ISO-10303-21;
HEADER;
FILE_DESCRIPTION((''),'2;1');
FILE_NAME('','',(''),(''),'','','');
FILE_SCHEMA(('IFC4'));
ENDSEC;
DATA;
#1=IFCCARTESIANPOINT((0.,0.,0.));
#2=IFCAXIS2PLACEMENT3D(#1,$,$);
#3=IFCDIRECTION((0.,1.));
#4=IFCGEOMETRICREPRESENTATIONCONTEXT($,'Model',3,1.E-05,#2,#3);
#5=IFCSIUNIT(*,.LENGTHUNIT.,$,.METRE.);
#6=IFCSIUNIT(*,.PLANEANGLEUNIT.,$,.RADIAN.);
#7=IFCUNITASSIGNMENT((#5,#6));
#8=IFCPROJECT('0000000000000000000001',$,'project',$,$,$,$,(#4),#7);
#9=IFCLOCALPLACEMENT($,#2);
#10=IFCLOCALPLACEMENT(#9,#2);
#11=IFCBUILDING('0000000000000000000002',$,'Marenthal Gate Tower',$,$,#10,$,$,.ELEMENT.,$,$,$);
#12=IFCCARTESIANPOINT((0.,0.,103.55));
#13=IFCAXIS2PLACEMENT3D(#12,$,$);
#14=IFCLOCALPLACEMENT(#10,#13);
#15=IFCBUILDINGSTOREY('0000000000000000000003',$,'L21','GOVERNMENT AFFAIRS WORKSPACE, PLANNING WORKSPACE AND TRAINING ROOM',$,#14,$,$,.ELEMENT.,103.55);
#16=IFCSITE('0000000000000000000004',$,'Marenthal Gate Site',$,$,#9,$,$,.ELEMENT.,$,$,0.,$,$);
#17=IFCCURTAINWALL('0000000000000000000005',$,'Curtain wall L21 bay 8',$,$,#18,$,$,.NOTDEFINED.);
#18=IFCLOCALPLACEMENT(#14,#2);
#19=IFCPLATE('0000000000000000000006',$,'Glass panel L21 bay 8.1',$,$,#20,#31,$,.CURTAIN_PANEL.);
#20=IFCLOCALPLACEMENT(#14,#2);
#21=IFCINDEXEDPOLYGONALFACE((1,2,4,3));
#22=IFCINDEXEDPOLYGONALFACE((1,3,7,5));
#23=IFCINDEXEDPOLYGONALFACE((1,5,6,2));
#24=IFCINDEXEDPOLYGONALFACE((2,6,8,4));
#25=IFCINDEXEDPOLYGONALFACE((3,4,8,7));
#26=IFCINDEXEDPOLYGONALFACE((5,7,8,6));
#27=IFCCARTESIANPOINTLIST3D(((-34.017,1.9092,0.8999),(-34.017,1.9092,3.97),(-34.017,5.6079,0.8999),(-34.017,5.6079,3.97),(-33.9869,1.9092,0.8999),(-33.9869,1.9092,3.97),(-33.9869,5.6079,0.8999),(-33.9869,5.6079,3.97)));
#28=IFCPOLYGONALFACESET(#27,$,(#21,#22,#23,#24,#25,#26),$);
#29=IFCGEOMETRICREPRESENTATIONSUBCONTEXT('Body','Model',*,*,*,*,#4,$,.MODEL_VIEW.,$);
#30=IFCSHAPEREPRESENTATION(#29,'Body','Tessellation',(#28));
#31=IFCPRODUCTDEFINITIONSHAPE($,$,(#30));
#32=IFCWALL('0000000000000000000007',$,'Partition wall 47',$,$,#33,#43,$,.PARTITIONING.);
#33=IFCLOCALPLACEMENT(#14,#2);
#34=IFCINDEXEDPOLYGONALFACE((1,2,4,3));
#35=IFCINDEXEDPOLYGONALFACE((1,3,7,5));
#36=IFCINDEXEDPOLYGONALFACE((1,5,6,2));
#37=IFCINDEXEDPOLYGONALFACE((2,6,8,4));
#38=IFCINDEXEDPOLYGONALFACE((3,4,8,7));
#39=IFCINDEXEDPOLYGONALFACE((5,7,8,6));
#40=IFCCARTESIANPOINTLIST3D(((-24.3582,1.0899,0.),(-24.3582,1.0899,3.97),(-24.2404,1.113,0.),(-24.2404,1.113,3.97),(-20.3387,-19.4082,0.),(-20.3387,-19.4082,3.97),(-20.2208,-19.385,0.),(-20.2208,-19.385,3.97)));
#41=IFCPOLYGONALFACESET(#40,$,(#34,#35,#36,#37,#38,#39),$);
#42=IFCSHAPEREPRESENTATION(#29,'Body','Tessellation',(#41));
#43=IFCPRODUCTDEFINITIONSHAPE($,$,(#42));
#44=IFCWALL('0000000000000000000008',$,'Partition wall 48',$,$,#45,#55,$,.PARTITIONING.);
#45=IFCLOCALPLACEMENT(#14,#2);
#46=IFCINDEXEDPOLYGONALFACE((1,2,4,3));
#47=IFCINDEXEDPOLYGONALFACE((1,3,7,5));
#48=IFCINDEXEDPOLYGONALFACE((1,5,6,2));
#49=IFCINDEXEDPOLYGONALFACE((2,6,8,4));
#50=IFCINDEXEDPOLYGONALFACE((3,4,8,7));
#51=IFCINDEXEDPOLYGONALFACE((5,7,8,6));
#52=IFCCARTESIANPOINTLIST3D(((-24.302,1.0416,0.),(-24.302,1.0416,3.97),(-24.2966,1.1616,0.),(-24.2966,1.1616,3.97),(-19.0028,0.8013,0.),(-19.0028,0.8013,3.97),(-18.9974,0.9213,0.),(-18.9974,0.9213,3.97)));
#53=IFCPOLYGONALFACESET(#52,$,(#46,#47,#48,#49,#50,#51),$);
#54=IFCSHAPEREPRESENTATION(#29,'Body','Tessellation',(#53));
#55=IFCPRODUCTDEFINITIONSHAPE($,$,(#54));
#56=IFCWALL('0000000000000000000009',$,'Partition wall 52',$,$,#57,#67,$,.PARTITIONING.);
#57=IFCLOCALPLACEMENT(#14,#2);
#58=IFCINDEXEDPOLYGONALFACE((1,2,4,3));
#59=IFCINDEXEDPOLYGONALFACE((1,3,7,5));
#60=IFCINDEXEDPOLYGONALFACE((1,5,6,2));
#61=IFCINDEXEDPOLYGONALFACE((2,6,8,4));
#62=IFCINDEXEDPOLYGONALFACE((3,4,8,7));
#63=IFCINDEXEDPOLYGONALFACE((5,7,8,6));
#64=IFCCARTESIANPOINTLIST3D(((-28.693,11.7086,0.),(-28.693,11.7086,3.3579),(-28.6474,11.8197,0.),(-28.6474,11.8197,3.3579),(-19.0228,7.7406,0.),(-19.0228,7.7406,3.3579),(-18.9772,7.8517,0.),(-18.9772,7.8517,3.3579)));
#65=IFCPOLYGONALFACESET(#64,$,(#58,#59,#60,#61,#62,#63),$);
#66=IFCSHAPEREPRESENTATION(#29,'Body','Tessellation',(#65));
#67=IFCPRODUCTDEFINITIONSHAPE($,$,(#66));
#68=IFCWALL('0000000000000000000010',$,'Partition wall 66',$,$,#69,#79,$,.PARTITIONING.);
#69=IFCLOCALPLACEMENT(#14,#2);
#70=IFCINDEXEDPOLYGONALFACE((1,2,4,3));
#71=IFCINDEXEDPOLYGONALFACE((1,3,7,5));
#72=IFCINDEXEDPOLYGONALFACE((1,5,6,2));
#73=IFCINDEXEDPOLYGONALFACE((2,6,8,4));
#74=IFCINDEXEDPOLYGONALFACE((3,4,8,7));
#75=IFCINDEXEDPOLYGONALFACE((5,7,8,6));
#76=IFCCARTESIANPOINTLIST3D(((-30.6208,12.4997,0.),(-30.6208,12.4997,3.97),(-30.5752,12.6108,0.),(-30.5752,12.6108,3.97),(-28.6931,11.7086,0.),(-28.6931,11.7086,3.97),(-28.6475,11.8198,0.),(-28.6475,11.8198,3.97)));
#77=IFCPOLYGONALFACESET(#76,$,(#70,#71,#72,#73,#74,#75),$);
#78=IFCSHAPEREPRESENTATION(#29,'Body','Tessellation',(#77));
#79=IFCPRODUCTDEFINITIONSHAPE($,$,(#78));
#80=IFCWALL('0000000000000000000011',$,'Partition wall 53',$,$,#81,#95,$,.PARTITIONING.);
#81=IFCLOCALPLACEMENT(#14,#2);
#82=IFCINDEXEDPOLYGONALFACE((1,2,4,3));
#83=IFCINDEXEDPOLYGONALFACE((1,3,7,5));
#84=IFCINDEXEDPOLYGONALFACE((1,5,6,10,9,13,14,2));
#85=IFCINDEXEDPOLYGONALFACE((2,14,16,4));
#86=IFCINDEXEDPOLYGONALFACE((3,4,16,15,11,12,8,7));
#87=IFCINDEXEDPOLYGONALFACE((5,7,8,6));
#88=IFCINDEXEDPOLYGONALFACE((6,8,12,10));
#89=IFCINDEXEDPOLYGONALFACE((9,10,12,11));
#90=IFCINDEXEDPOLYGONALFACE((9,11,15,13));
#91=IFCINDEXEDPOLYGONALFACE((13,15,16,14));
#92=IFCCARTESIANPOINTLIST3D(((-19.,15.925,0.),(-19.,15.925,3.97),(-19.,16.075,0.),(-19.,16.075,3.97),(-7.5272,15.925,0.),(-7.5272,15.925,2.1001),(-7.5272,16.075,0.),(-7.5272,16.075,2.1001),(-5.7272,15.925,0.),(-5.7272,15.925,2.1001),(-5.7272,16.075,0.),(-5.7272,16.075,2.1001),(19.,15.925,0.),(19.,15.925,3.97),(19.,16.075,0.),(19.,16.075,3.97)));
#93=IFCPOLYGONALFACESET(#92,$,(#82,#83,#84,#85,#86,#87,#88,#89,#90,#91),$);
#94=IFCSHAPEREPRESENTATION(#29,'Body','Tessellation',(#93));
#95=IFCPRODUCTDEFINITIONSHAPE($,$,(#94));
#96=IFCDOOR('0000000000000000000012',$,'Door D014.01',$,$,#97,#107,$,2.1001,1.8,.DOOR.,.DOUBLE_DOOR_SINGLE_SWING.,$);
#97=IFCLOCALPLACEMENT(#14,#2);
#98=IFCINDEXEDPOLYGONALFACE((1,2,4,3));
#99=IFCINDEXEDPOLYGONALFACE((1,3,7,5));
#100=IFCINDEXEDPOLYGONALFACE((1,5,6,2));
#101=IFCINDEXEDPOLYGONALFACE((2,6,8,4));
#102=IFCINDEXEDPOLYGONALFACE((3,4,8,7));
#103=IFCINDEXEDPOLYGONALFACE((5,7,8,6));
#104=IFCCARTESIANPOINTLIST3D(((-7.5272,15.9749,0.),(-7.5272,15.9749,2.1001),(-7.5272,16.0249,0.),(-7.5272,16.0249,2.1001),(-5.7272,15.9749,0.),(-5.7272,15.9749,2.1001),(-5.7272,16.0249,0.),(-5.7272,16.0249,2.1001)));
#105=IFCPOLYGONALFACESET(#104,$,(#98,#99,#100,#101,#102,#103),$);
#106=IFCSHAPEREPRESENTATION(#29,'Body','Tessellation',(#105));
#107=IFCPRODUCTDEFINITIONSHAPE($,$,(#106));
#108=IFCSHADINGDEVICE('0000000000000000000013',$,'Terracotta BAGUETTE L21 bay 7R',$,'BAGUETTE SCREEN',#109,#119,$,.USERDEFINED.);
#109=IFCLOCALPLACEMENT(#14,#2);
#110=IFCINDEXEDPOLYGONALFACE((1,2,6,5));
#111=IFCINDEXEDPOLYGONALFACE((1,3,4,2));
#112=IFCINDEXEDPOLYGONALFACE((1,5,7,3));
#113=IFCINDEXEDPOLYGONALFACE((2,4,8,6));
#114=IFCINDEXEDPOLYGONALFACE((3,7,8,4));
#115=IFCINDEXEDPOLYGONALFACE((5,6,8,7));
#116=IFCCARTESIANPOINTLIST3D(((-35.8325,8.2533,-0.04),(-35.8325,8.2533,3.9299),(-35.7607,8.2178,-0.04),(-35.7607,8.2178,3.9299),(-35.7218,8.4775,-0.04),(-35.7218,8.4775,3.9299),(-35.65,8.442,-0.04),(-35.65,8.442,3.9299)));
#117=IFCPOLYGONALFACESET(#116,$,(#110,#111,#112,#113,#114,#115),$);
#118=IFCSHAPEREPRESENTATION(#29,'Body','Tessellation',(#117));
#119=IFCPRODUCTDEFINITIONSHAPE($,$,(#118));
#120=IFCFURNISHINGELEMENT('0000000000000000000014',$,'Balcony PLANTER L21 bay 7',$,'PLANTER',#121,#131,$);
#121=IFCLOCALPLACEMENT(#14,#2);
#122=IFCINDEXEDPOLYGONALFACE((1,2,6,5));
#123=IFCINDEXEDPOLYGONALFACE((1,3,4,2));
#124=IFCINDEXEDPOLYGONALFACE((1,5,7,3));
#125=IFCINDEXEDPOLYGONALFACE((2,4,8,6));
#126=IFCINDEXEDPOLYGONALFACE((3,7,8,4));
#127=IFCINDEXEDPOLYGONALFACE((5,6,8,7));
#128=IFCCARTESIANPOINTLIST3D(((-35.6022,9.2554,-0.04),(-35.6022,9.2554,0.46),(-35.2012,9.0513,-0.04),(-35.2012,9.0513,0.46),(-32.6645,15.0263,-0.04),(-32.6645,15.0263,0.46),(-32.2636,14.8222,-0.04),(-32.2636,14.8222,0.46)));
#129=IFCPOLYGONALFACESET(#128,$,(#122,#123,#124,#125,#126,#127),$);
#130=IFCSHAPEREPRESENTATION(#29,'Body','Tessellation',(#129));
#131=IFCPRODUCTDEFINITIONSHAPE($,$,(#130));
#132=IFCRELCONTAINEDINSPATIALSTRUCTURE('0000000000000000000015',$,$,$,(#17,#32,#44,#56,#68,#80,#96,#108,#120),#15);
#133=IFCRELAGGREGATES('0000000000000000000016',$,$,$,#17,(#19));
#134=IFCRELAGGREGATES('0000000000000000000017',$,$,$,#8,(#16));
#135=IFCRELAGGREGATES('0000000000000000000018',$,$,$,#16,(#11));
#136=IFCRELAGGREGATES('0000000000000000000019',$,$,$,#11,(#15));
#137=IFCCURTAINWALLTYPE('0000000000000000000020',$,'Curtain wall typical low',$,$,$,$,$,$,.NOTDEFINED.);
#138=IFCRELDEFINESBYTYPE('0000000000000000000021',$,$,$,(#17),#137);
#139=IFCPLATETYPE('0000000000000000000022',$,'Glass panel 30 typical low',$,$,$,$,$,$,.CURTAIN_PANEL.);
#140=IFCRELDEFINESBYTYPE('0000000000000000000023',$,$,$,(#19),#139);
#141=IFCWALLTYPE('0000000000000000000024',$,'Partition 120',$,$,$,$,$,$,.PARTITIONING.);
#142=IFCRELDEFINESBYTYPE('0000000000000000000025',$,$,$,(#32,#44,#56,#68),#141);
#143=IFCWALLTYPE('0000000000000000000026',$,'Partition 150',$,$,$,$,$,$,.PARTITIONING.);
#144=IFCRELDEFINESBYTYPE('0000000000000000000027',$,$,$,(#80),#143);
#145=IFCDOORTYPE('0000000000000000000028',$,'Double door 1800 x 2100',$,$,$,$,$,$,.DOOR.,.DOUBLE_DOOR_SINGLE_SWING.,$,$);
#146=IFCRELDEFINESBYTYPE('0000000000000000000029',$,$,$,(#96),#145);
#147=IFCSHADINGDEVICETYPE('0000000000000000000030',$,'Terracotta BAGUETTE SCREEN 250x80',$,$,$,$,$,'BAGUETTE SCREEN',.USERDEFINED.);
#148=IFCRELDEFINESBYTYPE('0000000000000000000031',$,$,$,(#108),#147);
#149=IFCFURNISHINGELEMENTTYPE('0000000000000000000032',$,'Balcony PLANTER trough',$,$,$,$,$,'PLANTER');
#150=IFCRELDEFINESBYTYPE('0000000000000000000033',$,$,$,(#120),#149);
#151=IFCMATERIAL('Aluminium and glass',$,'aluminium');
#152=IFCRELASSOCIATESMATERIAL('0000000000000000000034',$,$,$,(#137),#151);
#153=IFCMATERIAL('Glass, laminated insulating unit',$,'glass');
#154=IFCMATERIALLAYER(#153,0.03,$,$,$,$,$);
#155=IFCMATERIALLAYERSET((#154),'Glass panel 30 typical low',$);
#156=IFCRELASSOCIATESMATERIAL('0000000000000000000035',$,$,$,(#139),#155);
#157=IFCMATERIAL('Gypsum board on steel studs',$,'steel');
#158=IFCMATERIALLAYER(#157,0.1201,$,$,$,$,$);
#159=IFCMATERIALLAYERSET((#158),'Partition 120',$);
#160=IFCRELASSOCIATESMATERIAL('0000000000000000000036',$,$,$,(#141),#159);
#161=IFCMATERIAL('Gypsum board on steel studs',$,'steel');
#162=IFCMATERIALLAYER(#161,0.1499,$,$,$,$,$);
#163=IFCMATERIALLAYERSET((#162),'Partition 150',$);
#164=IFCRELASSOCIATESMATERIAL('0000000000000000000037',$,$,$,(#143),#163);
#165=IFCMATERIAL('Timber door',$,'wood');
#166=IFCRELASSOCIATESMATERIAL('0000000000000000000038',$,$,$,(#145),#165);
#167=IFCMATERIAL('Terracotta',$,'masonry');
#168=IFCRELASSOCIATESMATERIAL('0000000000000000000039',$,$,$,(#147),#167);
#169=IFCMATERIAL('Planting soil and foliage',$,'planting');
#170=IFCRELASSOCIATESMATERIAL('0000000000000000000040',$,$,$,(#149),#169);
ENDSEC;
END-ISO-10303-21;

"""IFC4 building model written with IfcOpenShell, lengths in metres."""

from ifc_helpers import new_model, si_unit, direction, frame, frame_2d, origin, origin_2d, place, context, subcontext, project, spatial, rectangle, extrude, material, layer, layer_set, material_profile, profile_set, type_object, element, fill, aggregate, save


model = new_model("IFC4")

# Units and contexts
model_context = context("Model", 3, precision=1e-05, world=origin(), true_north=direction((0.0, 1.0)))
body_context = subcontext(model_context, "Body", "Model", "MODEL_VIEW")
ifc_project = project(units=[si_unit("LENGTHUNIT", "METRE"), si_unit("PLANEANGLEUNIT", "RADIAN")], contexts=[model_context])

# Site, building, storey
site_placement = place(None, origin())
site = spatial("IfcSite", under=ifc_project, at=site_placement, Name="Marenthal Gate Site", CompositionType="ELEMENT", RefElevation=0.0)
building_placement = place(site_placement, origin())
building = spatial("IfcBuilding", under=site, at=building_placement, Name="Marenthal Gate Tower", CompositionType="ELEMENT")
storey_placement = place(building_placement, frame((0.0, 0.0, 103.55)))
storey = spatial("IfcBuildingStorey", under=building, at=storey_placement, Name="L21", Description="GOVERNMENT AFFAIRS WORKSPACE, PLANNING WORKSPACE AND TRAINING ROOM", CompositionType="ELEMENT", Elevation=103.55)

# Curtain wall
ifc_material_1 = material(Name="Aluminium and glass", Category="aluminium")
curtain_wall_type = type_object("IfcCurtainWallType", Name="Curtain wall typical low", PredefinedType="NOTDEFINED", material=ifc_material_1)
curtain_wall_1_placement = place(storey_placement, origin())
curtain_wall_1 = element("IfcCurtainWall", 1, at=curtain_wall_1_placement, inside=storey, type_object=curtain_wall_type, Name="Curtain wall L21 bay 8", PredefinedType="NOTDEFINED")

# Plate
ifc_material_2 = material(Name="Glass, laminated insulating unit", Category="glass")
ifc_layer_1 = layer(ifc_material_2, 0.03)
ifc_layer_set_1 = layer_set([ifc_layer_1], Name="Glass panel 30 typical low")
plate_type = type_object("IfcPlateType", Name="Glass panel 30 typical low", PredefinedType="CURTAIN_PANEL", material=ifc_layer_set_1)
plate_1_placement = place(storey_placement, frame((-34.002, 3.7585, 0.8999), z_axis=(0.0, 0.0, 1.0), x_axis=(0.0, -1.0, 0.0)))
plate_1 = element("IfcPlate", 2, at=plate_1_placement, type_object=plate_type, Name="Glass panel L21 bay 8.1", PredefinedType="CURTAIN_PANEL", context=body_context, shape_type="SweptSolid", body=[
    extrude(rectangle(XDim=3.6987, YDim=0.03, at=origin_2d()), origin(), (0.0, 0.0, 1.0), 3.0701),
])
aggregate(curtain_wall_1, [plate_1])

# Walls
ifc_material_3 = material(Name="Gypsum board on steel studs", Category="steel")
ifc_layer_2 = layer(ifc_material_3, 0.1201)
ifc_layer_set_2 = layer_set([ifc_layer_2], Name="Partition 120")
wall_type_1 = type_object("IfcWallType", Name="Partition 120", PredefinedType="PARTITIONING", material=ifc_layer_set_2)
wall_1_placement = place(storey_placement, frame((-24.2993, 1.1016, 0.0), z_axis=(0.0, 0.0, 1.0), x_axis=(0.192429, -0.981311, 0.0)))
element("IfcWall", 3, at=wall_1_placement, inside=storey, type_object=wall_type_1, Name="Partition wall 47", PredefinedType="PARTITIONING", context=body_context, shape_type="SweptSolid", body=[
    extrude(rectangle(XDim=20.8884, YDim=0.1201, at=frame_2d((10.4443, 0.0))), origin(), (0.0, 0.0, 1.0), 3.97),
])
wall_2_placement = place(storey_placement, frame((-24.2993, 1.1016, 0.0), z_axis=(0.0, 0.0, 1.0), x_axis=(0.998974, -0.045287, 0.0)))
element("IfcWall", 4, at=wall_2_placement, inside=storey, type_object=wall_type_1, Name="Partition wall 48", PredefinedType="PARTITIONING", context=body_context, shape_type="SweptSolid", body=[
    extrude(rectangle(XDim=5.3047, YDim=0.1201, at=frame_2d((2.6523, 0.0))), origin(), (0.0, 0.0, 1.0), 3.97),
])
wall_3_placement = place(storey_placement, frame((-19.0, 7.7961, 0.0), z_axis=(0.0, 0.0, 1.0), x_axis=(-0.925143, 0.379619, 0.0)))
element("IfcWall", 5, at=wall_3_placement, inside=storey, type_object=wall_type_1, Name="Partition wall 52", PredefinedType="PARTITIONING", context=body_context, shape_type="SweptSolid", body=[
    extrude(rectangle(XDim=10.4526, YDim=0.1201, at=frame_2d((5.2263, 0.0))), origin(), (0.0, 0.0, 1.0), 3.3579),
])
wall_4_placement = place(storey_placement, frame((-28.6702, 11.7642, 0.0), z_axis=(0.0, 0.0, 1.0), x_axis=(-0.925143, 0.379618, 0.0)))
element("IfcWall", 6, at=wall_4_placement, inside=storey, type_object=wall_type_1, Name="Partition wall 66", PredefinedType="PARTITIONING", context=body_context, shape_type="SweptSolid", body=[
    extrude(rectangle(XDim=2.0837, YDim=0.1201, at=frame_2d((1.042, 0.0))), origin(), (0.0, 0.0, 1.0), 3.97),
])

# Wall, opening, door
ifc_material_4 = material(Name="Gypsum board on steel studs", Category="steel")
ifc_layer_3 = layer(ifc_material_4, 0.1499)
ifc_layer_set_3 = layer_set([ifc_layer_3], Name="Partition 150")
wall_type_2 = type_object("IfcWallType", Name="Partition 150", PredefinedType="PARTITIONING", material=ifc_layer_set_3)
wall_5_placement = place(storey_placement, frame((-19.0, 16.0, 0.0), z_axis=(0.0, 0.0, 1.0), x_axis=(1.0, 0.0, 0.0)))
wall_5 = element("IfcWall", 7, at=wall_5_placement, inside=storey, type_object=wall_type_2, Name="Partition wall 53", PredefinedType="PARTITIONING", context=body_context, shape_type="SweptSolid", body=[
    extrude(rectangle(XDim=38.0, YDim=0.1499, at=frame_2d((19.0, 0.0))), origin(), (0.0, 0.0, 1.0), 3.97),
])
opening_1_placement = place(wall_5_placement, frame((11.4729, 0.0, 0.0)))
opening_1 = element("IfcOpeningElement", 8, at=opening_1_placement, cuts=wall_5, PredefinedType="OPENING", context=body_context, shape_type="SweptSolid", body=[
    extrude(rectangle(XDim=1.8, YDim=2.1001, at=frame_2d((0.8999, 1.05))), frame((0.0, 0.085, 0.0), z_axis=(0.0, -1.0, 0.0), x_axis=(1.0, 0.0, 0.0)), (0.0, 0.0, 1.0), 0.1699),
])
ifc_material_5 = material(Name="Timber door", Category="wood")
door_type_1 = type_object("IfcDoorType", Name="Double door 1800 x 2100", OperationType="DOUBLE_DOOR_SINGLE_SWING", PredefinedType="DOOR", material=ifc_material_5)
door_1_placement = place(opening_1_placement, origin())
door_1 = element("IfcDoor", 9, at=door_1_placement, inside=storey, type_object=door_type_1, Name="Door D014.01", OperationType="DOUBLE_DOOR_SINGLE_SWING", OverallHeight=2.1001, OverallWidth=1.8, PredefinedType="DOOR", context=body_context, shape_type="SweptSolid", body=[
    extrude(rectangle(XDim=1.8, YDim=2.1001, at=frame_2d((0.8999, 1.05))), frame((0.0, 0.0249, 0.0), z_axis=(0.0, -1.0, 0.0), x_axis=(1.0, 0.0, 0.0)), (0.0, 0.0, 1.0), 0.05),
])
fill(opening_1, door_1)

# Shading device
ifc_material_6 = material(Name="Terracotta", Category="masonry")
ifc_material_profile_1 = material_profile(ifc_material_6, rectangle(XDim=0.25, YDim=0.0801, at=origin_2d()), Name="Terracotta baguette 250x80")
ifc_profile_set_1 = profile_set([ifc_material_profile_1], Name="Terracotta")
shading_device_type = type_object("IfcShadingDeviceType", Name="Terracotta BAGUETTE SCREEN 250x80", ElementType="BAGUETTE SCREEN", PredefinedType="USERDEFINED", material=ifc_profile_set_1)
shading_device_placement = place(storey_placement, frame((-35.7412, 8.3477, -0.04), z_axis=(0.0, 0.0, 1.0), x_axis=(-0.44279, -0.896625, 0.0)))
element("IfcShadingDevice", 10, at=shading_device_placement, inside=storey, type_object=shading_device_type, Name="Terracotta BAGUETTE L21 bay 7R", ObjectType="BAGUETTE SCREEN", PredefinedType="USERDEFINED", context=body_context, shape_type="SweptSolid", body=[
    extrude(rectangle(XDim=0.25, YDim=0.0801, at=origin_2d()), origin(), (0.0, 0.0, 1.0), 3.97),
])

# Furnishing element
ifc_material_7 = material(Name="Planting soil and foliage", Category="planting")
furnishing_element_type = type_object("IfcFurnishingElementType", Name="Balcony PLANTER trough", ElementType="PLANTER", material=ifc_material_7)
furnishing_placement = place(storey_placement, frame((-33.9329, 12.0388, -0.04), z_axis=(0.0, 0.0, 1.0), x_axis=(-0.453646, -0.891182, 0.0)))
element("IfcFurnishingElement", 11, at=furnishing_placement, inside=storey, type_object=furnishing_element_type, Name="Balcony PLANTER L21 bay 7", ObjectType="PLANTER", context=body_context, shape_type="SweptSolid", body=[
    extrude(rectangle(XDim=6.4756, YDim=0.45, at=origin_2d()), origin(), (0.0, 0.0, 1.0), 0.5),
])

save(model, "model.ifc")
